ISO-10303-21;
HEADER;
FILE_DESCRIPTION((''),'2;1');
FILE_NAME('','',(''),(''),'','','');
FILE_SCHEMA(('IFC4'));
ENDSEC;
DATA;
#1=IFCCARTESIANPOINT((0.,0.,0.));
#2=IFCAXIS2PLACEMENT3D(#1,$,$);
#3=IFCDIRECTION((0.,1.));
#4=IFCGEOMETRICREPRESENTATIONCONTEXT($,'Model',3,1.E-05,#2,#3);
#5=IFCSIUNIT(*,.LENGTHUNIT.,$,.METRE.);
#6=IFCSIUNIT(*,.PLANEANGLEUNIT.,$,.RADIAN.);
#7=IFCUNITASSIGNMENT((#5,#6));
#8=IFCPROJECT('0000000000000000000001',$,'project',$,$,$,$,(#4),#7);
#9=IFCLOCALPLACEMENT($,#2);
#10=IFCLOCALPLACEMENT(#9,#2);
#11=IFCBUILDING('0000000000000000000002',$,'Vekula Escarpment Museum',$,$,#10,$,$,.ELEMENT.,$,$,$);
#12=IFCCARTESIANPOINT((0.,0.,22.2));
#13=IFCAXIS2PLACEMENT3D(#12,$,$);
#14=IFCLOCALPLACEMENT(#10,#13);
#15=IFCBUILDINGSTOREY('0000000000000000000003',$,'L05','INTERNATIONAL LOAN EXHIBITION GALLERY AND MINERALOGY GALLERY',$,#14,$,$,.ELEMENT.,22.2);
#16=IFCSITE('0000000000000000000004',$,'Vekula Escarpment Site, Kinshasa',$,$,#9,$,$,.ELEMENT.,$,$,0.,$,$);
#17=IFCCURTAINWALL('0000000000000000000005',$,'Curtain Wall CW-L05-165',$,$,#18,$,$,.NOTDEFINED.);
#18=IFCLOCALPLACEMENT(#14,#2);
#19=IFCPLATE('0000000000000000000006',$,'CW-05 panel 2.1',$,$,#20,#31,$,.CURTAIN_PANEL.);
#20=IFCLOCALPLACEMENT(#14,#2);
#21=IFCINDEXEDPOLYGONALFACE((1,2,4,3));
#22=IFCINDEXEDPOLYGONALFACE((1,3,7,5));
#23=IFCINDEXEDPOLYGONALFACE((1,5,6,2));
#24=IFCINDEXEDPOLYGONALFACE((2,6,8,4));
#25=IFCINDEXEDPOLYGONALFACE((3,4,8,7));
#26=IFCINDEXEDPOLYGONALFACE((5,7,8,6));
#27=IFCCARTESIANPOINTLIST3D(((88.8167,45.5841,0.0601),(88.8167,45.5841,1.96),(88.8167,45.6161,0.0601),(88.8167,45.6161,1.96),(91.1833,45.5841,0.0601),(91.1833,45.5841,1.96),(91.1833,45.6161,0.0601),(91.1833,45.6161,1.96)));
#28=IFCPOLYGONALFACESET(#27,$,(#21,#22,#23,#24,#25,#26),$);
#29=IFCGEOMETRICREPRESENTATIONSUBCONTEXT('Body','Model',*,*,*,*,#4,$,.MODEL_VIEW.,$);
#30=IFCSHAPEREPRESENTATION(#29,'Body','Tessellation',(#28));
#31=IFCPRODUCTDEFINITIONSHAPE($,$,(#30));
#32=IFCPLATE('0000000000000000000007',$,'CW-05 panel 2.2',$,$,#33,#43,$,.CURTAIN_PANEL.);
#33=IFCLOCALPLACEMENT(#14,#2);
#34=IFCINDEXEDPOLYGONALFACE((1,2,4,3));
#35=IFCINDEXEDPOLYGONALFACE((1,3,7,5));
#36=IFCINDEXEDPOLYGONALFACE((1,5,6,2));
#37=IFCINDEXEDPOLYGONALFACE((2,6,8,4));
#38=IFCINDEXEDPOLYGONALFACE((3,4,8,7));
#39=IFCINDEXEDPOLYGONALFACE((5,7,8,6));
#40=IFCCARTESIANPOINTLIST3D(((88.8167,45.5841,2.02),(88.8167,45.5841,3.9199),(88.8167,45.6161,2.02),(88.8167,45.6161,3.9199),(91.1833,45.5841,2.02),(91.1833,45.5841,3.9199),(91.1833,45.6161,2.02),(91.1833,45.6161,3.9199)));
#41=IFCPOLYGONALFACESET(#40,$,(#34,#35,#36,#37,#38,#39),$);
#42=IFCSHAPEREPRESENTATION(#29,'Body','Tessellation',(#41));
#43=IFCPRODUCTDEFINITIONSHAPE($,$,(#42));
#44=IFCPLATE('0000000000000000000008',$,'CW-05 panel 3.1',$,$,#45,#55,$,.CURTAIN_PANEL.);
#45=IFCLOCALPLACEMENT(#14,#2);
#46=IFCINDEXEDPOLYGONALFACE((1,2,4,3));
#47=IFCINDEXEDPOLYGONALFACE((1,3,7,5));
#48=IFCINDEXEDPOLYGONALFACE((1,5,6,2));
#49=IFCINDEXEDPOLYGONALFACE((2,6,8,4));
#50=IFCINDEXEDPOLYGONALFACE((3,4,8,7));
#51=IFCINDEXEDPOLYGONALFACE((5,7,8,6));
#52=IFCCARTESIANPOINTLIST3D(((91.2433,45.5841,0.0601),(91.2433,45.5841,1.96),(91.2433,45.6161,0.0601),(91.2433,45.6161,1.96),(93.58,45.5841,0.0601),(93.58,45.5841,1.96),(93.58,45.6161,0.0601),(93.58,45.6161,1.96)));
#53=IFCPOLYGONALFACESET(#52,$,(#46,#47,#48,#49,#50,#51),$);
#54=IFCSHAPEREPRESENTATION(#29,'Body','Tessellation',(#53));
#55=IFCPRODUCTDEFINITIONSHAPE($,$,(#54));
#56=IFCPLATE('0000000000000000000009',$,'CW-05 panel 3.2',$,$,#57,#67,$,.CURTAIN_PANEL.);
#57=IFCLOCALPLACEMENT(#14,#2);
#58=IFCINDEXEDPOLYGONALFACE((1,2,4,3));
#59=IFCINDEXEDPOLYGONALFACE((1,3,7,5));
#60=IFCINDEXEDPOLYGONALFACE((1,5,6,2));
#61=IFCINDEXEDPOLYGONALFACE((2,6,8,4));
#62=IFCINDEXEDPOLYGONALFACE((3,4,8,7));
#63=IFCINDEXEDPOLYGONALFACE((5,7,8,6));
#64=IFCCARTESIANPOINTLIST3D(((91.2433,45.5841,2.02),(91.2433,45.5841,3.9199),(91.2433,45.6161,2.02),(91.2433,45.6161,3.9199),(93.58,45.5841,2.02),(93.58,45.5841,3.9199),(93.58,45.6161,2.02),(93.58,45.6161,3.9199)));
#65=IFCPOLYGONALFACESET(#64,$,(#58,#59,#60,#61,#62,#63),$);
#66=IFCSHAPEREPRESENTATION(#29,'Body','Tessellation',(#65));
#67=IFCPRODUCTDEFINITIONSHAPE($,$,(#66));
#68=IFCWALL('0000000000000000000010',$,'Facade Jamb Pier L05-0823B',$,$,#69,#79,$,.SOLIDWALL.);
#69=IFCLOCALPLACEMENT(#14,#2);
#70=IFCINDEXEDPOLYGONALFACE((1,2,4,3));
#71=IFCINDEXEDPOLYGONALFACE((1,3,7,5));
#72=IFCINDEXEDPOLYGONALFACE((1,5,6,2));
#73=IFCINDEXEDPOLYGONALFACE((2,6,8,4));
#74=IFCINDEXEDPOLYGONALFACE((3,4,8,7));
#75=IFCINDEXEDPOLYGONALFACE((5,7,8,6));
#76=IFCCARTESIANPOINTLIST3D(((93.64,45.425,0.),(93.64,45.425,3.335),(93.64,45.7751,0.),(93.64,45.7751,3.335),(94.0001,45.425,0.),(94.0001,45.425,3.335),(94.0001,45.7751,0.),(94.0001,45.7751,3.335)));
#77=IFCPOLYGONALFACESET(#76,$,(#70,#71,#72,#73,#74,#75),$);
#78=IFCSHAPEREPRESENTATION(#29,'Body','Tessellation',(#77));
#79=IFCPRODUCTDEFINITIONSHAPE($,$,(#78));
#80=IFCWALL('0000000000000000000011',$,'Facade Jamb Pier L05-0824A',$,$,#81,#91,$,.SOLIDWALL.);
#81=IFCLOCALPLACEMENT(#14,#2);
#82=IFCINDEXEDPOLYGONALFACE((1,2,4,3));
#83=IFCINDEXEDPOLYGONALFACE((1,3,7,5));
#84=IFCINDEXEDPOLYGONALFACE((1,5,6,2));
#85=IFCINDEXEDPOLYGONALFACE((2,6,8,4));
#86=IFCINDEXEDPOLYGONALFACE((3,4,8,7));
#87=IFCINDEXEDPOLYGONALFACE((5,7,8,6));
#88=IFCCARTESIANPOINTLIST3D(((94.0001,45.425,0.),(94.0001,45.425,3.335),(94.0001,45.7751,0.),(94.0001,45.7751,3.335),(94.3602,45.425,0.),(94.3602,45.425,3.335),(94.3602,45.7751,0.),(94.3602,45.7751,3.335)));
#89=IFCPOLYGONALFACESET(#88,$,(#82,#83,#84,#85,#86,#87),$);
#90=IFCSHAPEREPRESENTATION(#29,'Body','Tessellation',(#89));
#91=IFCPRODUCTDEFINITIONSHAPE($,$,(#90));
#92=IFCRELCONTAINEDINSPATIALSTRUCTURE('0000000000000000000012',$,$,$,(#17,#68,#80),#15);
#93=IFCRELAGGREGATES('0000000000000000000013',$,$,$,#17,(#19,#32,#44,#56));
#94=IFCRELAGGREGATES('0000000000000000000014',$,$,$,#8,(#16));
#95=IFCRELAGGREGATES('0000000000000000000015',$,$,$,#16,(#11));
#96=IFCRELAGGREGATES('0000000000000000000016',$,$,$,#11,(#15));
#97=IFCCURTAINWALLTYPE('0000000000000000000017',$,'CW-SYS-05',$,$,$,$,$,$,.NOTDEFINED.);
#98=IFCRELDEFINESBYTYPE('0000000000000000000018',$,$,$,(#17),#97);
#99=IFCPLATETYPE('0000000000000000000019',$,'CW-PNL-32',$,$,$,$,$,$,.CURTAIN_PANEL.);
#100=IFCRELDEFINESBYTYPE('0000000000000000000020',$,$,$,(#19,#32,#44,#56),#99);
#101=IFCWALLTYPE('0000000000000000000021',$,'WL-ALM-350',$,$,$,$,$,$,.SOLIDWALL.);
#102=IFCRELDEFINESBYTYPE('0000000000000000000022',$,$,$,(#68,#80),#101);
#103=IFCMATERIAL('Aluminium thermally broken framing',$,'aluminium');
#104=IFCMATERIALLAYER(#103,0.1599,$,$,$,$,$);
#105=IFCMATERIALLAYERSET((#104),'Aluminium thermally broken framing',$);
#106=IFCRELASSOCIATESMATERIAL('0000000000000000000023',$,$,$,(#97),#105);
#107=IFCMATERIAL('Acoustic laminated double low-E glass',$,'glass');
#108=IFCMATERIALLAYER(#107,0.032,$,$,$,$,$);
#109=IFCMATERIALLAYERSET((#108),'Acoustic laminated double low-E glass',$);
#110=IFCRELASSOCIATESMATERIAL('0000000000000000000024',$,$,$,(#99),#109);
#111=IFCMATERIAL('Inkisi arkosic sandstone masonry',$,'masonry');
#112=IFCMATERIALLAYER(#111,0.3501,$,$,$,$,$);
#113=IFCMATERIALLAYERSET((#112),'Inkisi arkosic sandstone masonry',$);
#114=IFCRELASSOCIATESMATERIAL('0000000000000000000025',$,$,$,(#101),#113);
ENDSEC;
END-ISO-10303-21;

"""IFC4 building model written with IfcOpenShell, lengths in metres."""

from ifc_helpers import new_model, si_unit, direction, frame, frame_2d, origin, origin_2d, place, context, subcontext, project, spatial, rectangle, extrude, material, layer, layer_set, type_object, element, aggregate, save


model = new_model("IFC4")

# Units and contexts
model_context = context("Model", 3, precision=1e-05, world=origin(), true_north=direction((0.0, 1.0)))
body_context = subcontext(model_context, "Body", "Model", "MODEL_VIEW")
ifc_project = project(units=[si_unit("LENGTHUNIT", "METRE"), si_unit("PLANEANGLEUNIT", "RADIAN")], contexts=[model_context])

# Site, building, storey
site_placement = place(None, origin())
site = spatial("IfcSite", under=ifc_project, at=site_placement, Name="Vekula Escarpment Site, Kinshasa", CompositionType="ELEMENT", RefElevation=0.0)
building_placement = place(site_placement, origin())
building = spatial("IfcBuilding", under=site, at=building_placement, Name="Vekula Escarpment Museum", CompositionType="ELEMENT")
storey_placement = place(building_placement, frame((0.0, 0.0, 22.2)))
storey = spatial("IfcBuildingStorey", under=building, at=storey_placement, Name="L05", Description="INTERNATIONAL LOAN EXHIBITION GALLERY AND MINERALOGY GALLERY", CompositionType="ELEMENT", Elevation=22.2)

# Curtain wall
ifc_material_1 = material(Name="Aluminium thermally broken framing", Category="aluminium")
ifc_layer_1 = layer(ifc_material_1, 0.1599)
ifc_layer_set_1 = layer_set([ifc_layer_1], Name="Aluminium thermally broken framing")
curtain_wall_type_1 = type_object("IfcCurtainWallType", Name="CW-SYS-05", PredefinedType="NOTDEFINED", material=ifc_layer_set_1)
curtain_wall_1_placement = place(storey_placement, origin())
curtain_wall_1 = element("IfcCurtainWall", 1, at=curtain_wall_1_placement, inside=storey, type_object=curtain_wall_type_1, Name="Curtain Wall CW-L05-165", PredefinedType="NOTDEFINED")

# Plates
ifc_material_2 = material(Name="Acoustic laminated double low-E glass", Category="glass")
ifc_layer_2 = layer(ifc_material_2, 0.032)
ifc_layer_set_2 = layer_set([ifc_layer_2], Name="Acoustic laminated double low-E glass")
plate_type = type_object("IfcPlateType", Name="CW-PNL-32", PredefinedType="CURTAIN_PANEL", material=ifc_layer_set_2)
plate_1_placement = place(storey_placement, frame((90.0, 45.6001, 0.0601), z_axis=(0.0, 0.0, 1.0), x_axis=(1.0, 0.0, 0.0)))
plate_1 = element("IfcPlate", 2, at=plate_1_placement, type_object=plate_type, Name="CW-05 panel 2.1", PredefinedType="CURTAIN_PANEL", context=body_context, shape_type="SweptSolid", body=[
    extrude(rectangle(XDim=2.3667, YDim=0.032, at=origin_2d()), origin(), (0.0, 0.0, 1.0), 1.8999),
])
plate_2_placement = place(storey_placement, frame((90.0, 45.6001, 2.02), z_axis=(0.0, 0.0, 1.0), x_axis=(1.0, 0.0, 0.0)))
plate_2 = element("IfcPlate", 3, at=plate_2_placement, type_object=plate_type, Name="CW-05 panel 2.2", PredefinedType="CURTAIN_PANEL", context=body_context, shape_type="SweptSolid", body=[
    extrude(rectangle(XDim=2.3667, YDim=0.032, at=origin_2d()), origin(), (0.0, 0.0, 1.0), 1.8999),
])
plate_3_placement = place(storey_placement, frame((92.4116, 45.6001, 0.0601), z_axis=(0.0, 0.0, 1.0), x_axis=(1.0, 0.0, 0.0)))
plate_3 = element("IfcPlate", 4, at=plate_3_placement, type_object=plate_type, Name="CW-05 panel 3.1", PredefinedType="CURTAIN_PANEL", context=body_context, shape_type="SweptSolid", body=[
    extrude(rectangle(XDim=2.3367, YDim=0.032, at=origin_2d()), origin(), (0.0, 0.0, 1.0), 1.8999),
])
plate_4_placement = place(storey_placement, frame((92.4116, 45.6001, 2.02), z_axis=(0.0, 0.0, 1.0), x_axis=(1.0, 0.0, 0.0)))
plate_4 = element("IfcPlate", 5, at=plate_4_placement, type_object=plate_type, Name="CW-05 panel 3.2", PredefinedType="CURTAIN_PANEL", context=body_context, shape_type="SweptSolid", body=[
    extrude(rectangle(XDim=2.3367, YDim=0.032, at=origin_2d()), origin(), (0.0, 0.0, 1.0), 1.8999),
])
aggregate(curtain_wall_1, [plate_1, plate_2, plate_3, plate_4])

# Walls
ifc_material_3 = material(Name="Inkisi arkosic sandstone masonry", Category="masonry")
ifc_layer_3 = layer(ifc_material_3, 0.3501)
ifc_layer_set_3 = layer_set([ifc_layer_3], Name="Inkisi arkosic sandstone masonry")
wall_type = type_object("IfcWallType", Name="WL-ALM-350", PredefinedType="SOLIDWALL", material=ifc_layer_set_3)
for number, where, z_axis, x_axis, name in (
    (6, (93.6399, 45.6001, 0.0), (0.0, 0.0, 1.0), (1.0, 0.0, 0.0), "Facade Jamb Pier L05-0823B"),
    (7, (94.0, 45.6001, 0.0), (0.0, 0.0, 1.0), (1.0, 0.0, 0.0), "Facade Jamb Pier L05-0824A"),
):
    element("IfcWall", number, at=place(storey_placement, frame(where, z_axis=z_axis, x_axis=x_axis)), inside=storey, type_object=wall_type, Name=name, PredefinedType="SOLIDWALL", context=body_context, shape_type="SweptSolid", body=[
        extrude(rectangle(XDim=0.3601, YDim=0.3501, at=frame_2d((0.1802, 0.0))), origin(), (0.0, 0.0, 1.0), 3.335),
    ])

save(model, "model.ifc")
